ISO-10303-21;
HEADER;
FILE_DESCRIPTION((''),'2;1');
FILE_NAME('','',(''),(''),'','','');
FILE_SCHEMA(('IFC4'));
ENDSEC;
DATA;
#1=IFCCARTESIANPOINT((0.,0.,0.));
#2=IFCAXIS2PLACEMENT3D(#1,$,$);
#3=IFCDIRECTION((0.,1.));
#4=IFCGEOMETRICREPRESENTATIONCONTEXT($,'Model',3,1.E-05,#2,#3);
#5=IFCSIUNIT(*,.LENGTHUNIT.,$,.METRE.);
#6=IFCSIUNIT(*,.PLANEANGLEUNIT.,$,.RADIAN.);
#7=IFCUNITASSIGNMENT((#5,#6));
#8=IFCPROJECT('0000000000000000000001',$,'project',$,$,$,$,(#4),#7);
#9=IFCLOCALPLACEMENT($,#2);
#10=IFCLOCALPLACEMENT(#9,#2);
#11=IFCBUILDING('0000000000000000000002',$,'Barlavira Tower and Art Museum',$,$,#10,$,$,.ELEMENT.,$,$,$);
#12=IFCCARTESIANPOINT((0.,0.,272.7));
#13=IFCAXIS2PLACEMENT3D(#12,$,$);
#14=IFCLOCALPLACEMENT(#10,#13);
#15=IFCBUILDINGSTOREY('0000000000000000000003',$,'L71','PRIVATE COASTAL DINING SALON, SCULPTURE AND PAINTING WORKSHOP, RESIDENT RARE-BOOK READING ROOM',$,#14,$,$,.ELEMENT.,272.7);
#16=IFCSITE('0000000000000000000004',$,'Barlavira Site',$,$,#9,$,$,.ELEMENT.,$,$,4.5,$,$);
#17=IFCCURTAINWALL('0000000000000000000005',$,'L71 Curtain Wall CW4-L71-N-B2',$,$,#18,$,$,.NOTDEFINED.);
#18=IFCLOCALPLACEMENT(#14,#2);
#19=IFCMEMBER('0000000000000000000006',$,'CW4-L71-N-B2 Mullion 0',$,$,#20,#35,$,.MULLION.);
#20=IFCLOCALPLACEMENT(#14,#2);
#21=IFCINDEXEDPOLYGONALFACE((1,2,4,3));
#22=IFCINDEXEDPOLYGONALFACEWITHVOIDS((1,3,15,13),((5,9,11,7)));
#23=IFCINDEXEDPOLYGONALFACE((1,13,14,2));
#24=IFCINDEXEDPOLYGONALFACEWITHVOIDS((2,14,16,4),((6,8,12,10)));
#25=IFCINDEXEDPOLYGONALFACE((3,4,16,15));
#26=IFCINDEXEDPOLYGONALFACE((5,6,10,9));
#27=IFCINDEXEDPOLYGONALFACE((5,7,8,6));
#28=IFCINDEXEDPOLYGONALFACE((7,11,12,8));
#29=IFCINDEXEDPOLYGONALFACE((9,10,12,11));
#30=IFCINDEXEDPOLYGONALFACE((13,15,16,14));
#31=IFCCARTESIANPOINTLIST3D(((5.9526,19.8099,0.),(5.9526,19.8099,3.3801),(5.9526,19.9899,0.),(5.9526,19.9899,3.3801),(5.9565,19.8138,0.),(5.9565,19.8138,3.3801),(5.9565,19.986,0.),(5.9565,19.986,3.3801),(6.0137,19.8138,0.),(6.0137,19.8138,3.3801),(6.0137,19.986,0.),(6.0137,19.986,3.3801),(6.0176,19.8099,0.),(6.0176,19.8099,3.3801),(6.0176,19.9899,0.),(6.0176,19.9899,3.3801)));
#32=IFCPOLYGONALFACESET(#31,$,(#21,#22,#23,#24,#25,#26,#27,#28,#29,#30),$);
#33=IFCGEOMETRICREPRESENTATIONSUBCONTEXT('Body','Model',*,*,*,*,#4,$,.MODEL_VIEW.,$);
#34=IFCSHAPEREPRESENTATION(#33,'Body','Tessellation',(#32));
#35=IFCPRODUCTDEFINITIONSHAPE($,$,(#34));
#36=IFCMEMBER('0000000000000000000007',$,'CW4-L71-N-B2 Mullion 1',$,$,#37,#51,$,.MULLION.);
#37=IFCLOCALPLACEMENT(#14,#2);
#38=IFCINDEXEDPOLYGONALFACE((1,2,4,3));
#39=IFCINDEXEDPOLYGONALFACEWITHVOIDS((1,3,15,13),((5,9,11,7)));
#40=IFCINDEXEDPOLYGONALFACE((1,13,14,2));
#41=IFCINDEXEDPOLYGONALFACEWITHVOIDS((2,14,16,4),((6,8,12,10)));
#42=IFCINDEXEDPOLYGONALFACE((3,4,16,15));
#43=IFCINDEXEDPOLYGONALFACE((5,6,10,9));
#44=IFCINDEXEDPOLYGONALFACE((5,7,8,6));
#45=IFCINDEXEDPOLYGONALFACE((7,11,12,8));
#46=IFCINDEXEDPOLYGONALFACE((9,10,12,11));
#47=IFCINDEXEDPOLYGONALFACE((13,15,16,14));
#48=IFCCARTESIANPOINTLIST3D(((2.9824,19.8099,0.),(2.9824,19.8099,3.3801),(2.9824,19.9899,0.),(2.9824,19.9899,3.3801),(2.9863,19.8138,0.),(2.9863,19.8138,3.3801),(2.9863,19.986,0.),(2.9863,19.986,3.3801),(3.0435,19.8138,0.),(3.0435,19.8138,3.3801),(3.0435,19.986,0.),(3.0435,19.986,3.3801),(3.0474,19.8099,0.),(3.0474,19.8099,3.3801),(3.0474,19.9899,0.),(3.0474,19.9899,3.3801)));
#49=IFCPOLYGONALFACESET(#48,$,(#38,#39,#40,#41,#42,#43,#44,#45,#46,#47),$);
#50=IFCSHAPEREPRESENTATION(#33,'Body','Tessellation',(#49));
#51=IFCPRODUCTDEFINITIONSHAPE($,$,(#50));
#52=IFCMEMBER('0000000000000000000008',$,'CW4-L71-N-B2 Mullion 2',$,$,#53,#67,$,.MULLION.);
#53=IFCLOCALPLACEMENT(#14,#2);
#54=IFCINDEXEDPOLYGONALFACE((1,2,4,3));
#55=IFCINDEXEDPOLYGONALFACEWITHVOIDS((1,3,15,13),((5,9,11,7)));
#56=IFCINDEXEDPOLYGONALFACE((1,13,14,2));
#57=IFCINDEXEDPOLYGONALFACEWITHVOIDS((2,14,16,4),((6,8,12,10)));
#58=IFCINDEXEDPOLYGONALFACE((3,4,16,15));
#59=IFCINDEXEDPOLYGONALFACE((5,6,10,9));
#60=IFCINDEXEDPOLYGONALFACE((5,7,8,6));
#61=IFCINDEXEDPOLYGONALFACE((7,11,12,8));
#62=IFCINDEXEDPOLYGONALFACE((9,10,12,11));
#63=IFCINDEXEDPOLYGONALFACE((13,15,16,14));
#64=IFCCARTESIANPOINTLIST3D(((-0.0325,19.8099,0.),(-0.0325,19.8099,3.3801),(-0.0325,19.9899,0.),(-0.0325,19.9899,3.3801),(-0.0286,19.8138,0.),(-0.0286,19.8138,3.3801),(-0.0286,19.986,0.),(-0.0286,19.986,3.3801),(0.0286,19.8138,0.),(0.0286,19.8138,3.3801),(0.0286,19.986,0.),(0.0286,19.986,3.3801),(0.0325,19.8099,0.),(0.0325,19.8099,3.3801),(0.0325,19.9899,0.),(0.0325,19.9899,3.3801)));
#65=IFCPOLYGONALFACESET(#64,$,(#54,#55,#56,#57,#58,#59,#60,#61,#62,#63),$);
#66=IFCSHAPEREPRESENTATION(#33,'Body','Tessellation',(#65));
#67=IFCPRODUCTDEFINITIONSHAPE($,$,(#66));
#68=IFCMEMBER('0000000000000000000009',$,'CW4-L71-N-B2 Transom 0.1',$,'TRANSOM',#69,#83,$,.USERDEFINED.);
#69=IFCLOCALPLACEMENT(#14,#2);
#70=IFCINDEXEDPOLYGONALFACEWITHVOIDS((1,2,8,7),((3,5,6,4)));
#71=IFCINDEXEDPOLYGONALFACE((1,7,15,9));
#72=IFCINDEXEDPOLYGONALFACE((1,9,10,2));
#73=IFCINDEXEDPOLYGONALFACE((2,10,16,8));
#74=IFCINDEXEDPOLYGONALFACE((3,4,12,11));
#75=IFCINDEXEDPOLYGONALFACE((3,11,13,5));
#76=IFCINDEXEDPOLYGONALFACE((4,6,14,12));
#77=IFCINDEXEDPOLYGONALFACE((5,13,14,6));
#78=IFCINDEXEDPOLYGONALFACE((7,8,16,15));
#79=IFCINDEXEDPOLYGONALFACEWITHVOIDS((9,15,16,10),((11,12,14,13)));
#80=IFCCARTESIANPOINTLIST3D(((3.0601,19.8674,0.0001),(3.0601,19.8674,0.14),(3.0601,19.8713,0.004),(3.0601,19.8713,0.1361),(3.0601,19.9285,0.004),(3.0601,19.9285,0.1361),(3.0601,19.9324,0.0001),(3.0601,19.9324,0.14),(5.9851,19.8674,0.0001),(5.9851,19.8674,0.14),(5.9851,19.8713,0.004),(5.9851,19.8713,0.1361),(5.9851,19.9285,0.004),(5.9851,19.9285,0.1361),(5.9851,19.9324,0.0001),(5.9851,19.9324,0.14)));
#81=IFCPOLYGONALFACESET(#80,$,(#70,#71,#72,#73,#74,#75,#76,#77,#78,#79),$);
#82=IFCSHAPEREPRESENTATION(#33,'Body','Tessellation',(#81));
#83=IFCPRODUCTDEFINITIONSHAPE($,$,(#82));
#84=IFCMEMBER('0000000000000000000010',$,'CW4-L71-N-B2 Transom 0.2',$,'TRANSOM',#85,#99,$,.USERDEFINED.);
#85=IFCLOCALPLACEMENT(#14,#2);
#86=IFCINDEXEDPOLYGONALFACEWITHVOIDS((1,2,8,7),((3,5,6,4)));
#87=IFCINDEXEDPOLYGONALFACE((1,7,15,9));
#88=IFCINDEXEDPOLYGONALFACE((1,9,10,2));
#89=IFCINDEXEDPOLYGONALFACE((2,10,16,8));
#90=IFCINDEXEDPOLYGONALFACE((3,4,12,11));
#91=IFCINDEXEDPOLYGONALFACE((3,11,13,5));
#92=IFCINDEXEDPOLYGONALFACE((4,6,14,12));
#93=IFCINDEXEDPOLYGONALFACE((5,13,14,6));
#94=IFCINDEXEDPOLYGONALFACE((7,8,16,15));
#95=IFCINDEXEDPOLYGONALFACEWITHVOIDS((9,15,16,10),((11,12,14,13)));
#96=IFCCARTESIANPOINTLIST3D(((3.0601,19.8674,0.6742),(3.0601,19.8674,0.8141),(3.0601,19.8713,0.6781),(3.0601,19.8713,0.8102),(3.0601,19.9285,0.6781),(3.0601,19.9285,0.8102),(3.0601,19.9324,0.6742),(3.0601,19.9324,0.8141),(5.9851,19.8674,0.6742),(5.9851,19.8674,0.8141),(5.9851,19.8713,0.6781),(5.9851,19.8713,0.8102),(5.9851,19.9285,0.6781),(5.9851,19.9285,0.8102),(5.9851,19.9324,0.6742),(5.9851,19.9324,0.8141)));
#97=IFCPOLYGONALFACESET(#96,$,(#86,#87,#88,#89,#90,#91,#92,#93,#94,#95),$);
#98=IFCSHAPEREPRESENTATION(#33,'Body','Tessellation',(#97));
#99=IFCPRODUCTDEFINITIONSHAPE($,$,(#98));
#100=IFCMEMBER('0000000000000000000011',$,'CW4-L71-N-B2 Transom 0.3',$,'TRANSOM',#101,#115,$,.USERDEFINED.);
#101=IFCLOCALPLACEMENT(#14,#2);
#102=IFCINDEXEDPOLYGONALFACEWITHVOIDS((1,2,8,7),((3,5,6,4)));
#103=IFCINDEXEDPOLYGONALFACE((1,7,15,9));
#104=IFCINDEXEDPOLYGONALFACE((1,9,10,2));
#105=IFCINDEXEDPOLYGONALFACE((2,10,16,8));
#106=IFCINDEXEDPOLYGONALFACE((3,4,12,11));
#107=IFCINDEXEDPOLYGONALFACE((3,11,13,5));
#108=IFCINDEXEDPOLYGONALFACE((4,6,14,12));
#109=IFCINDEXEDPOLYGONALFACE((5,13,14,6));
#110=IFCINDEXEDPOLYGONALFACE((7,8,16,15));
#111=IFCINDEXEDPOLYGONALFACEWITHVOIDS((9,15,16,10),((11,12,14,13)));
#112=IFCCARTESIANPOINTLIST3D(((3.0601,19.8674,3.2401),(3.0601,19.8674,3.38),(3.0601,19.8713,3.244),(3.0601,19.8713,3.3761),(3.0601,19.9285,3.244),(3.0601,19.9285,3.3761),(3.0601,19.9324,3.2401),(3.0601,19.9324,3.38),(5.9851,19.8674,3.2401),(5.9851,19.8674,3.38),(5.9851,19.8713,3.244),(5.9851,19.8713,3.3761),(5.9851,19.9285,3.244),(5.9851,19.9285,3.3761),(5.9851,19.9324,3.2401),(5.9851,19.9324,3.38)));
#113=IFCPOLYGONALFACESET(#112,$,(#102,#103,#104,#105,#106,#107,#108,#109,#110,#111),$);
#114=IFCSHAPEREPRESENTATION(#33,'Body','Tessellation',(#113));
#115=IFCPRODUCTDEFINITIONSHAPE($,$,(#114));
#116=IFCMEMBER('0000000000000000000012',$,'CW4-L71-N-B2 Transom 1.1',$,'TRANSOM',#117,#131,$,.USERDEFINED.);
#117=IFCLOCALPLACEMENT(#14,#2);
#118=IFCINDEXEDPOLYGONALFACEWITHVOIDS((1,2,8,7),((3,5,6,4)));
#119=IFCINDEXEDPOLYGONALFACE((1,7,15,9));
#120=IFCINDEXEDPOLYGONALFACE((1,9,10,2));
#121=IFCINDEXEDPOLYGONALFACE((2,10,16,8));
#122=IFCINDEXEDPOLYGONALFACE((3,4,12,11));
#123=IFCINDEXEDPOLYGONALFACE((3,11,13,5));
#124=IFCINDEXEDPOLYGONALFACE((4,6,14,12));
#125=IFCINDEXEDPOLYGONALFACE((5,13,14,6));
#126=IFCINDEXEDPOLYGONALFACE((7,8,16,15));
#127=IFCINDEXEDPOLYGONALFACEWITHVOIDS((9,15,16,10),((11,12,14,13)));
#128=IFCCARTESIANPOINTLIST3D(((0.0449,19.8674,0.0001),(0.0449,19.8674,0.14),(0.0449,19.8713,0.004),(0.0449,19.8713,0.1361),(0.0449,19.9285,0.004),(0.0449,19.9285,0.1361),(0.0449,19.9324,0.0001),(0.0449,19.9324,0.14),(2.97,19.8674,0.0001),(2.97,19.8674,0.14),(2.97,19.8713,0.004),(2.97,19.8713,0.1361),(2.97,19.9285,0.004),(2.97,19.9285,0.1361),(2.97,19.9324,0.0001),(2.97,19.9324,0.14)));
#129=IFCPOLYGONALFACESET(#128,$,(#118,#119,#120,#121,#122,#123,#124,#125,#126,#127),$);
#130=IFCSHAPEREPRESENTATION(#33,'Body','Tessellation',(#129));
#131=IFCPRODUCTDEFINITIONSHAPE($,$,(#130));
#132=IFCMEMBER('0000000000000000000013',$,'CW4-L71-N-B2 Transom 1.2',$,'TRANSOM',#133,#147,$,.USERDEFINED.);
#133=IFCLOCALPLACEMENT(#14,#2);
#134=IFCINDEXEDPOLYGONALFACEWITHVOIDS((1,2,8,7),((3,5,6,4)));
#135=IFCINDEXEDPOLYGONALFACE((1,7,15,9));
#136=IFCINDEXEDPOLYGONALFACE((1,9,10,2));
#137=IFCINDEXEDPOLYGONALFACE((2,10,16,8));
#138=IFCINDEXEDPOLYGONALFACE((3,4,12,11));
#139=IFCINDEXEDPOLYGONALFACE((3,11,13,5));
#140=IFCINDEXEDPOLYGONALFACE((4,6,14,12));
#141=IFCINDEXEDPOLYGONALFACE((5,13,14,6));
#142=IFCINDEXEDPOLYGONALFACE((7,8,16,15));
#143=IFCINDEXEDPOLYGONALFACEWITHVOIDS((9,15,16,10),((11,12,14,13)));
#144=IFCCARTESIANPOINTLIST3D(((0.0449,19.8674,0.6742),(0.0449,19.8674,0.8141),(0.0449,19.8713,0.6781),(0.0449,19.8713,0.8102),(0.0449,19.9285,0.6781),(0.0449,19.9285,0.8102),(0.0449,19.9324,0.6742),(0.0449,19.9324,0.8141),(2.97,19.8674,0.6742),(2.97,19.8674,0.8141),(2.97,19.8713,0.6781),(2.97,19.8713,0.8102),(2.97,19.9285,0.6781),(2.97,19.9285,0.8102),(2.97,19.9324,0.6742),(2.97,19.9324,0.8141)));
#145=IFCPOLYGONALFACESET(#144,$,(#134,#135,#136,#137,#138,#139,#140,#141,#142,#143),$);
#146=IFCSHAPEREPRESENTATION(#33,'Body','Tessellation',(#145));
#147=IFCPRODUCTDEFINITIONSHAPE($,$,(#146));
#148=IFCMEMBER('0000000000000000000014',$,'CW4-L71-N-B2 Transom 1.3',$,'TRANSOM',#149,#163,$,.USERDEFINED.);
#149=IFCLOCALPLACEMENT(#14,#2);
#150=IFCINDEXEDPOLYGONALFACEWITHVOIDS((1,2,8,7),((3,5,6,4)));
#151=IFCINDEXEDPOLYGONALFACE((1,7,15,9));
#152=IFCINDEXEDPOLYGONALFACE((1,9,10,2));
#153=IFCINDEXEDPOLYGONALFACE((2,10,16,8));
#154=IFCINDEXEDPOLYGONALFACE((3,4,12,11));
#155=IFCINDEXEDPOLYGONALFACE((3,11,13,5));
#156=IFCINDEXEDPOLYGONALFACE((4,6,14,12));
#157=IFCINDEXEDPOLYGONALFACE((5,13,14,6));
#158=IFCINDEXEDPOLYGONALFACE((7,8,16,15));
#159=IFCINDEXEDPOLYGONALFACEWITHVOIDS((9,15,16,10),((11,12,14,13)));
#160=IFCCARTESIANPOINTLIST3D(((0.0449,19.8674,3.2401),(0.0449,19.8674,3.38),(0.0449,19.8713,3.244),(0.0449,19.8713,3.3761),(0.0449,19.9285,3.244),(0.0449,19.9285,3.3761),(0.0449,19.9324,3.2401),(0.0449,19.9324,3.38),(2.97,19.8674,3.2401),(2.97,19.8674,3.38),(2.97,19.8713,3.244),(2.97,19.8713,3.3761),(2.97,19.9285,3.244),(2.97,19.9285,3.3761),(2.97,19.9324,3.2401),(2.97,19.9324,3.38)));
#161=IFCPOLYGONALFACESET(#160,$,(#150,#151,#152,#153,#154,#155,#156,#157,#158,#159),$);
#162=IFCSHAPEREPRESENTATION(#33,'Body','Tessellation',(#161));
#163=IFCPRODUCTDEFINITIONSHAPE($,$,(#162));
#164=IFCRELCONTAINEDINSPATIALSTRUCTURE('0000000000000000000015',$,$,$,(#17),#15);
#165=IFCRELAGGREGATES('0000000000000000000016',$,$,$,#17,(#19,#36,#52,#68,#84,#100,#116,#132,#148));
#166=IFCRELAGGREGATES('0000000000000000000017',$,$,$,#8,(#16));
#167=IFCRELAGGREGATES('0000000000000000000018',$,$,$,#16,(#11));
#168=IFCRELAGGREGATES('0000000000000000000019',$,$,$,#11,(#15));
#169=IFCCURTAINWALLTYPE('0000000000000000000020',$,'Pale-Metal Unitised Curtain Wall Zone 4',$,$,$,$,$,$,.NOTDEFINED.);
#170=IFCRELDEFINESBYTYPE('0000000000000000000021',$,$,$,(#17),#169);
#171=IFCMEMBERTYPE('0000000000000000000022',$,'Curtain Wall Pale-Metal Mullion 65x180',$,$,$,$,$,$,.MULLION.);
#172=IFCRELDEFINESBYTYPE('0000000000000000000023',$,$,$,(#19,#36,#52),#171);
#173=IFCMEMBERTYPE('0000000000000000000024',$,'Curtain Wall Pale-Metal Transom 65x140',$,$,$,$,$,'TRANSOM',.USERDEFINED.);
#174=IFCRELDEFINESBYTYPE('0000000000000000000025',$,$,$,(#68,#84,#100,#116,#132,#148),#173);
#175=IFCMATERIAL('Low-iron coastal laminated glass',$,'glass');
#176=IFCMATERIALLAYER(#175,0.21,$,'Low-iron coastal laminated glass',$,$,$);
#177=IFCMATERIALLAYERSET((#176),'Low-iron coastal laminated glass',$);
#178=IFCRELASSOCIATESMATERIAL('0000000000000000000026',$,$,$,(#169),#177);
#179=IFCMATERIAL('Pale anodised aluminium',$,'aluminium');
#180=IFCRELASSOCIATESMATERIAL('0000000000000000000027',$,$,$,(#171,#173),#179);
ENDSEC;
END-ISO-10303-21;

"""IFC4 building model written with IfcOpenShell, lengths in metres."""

from ifc_helpers import new_model, si_unit, direction, frame, origin, origin_2d, place, context, subcontext, project, spatial, hollow_rectangle, extrude, material, layer, layer_set, material_profile, profile_set, type_object, element, aggregate, save


model = new_model("IFC4")

# Units and contexts
model_context = context("Model", 3, precision=1e-05, world=origin(), true_north=direction((0.0, 1.0)))
body_context = subcontext(model_context, "Body", "Model", "MODEL_VIEW")
ifc_project = project(units=[si_unit("LENGTHUNIT", "METRE"), si_unit("PLANEANGLEUNIT", "RADIAN")], contexts=[model_context])

# Site, building, storey
site_placement = place(None, origin())
site = spatial("IfcSite", under=ifc_project, at=site_placement, Name="Barlavira Site", CompositionType="ELEMENT", RefElevation=4.5)
building_placement = place(site_placement, origin())
building = spatial("IfcBuilding", under=site, at=building_placement, Name="Barlavira Tower and Art Museum", CompositionType="ELEMENT")
storey_placement = place(building_placement, frame((0.0, 0.0, 272.7)))
storey = spatial("IfcBuildingStorey", under=building, at=storey_placement, Name="L71", Description="PRIVATE COASTAL DINING SALON, SCULPTURE AND PAINTING WORKSHOP, RESIDENT RARE-BOOK READING ROOM", CompositionType="ELEMENT", Elevation=272.7)

# Curtain wall, members
ifc_material_1 = material(Name="Low-iron coastal laminated glass", Category="glass")
ifc_layer_1 = layer(ifc_material_1, 0.21, Name="Low-iron coastal laminated glass")
ifc_layer_set_1 = layer_set([ifc_layer_1], Name="Low-iron coastal laminated glass")
curtain_wall_type = type_object("IfcCurtainWallType", Name="Pale-Metal Unitised Curtain Wall Zone 4", PredefinedType="NOTDEFINED", material=ifc_layer_set_1)
curtain_wall_placement = place(storey_placement, origin())
curtain_wall = element("IfcCurtainWall", 1, at=curtain_wall_placement, inside=storey, type_object=curtain_wall_type, Name="L71 Curtain Wall CW4-L71-N-B2", PredefinedType="NOTDEFINED")
ifc_material_2 = material(Name="Pale anodised aluminium", Category="aluminium")
ifc_material_profile_1 = material_profile(ifc_material_2, hollow_rectangle(XDim=0.0649, YDim=0.1799, WallThickness=0.0039, at=origin_2d()), Name="ALU-MULL 65x180x4")
ifc_profile_set_1 = profile_set([ifc_material_profile_1], Name="Pale anodised aluminium")
member_type_1 = type_object("IfcMemberType", Name="Curtain Wall Pale-Metal Mullion 65x180", PredefinedType="MULLION", material=ifc_profile_set_1)
member_1_placement = place(storey_placement, frame((5.9851, 19.8999, 0.0), z_axis=(0.0, 0.0, 1.0), x_axis=(-1.0, 0.0, 0.0)))
member_1 = element("IfcMember", 2, at=member_1_placement, type_object=member_type_1, Name="CW4-L71-N-B2 Mullion 0", PredefinedType="MULLION", context=body_context, shape_type="SweptSolid", body=[
    extrude(hollow_rectangle(XDim=0.0649, YDim=0.1799, WallThickness=0.0039, at=origin_2d()), origin(), (0.0, 0.0, 1.0), 3.3801),
])
member_2_placement = place(storey_placement, frame((3.0149, 19.8999, 0.0), z_axis=(0.0, 0.0, 1.0), x_axis=(-1.0, 0.0, 0.0)))
member_2 = element("IfcMember", 3, at=member_2_placement, type_object=member_type_1, Name="CW4-L71-N-B2 Mullion 1", PredefinedType="MULLION", context=body_context, shape_type="SweptSolid", body=[
    extrude(hollow_rectangle(XDim=0.0649, YDim=0.1799, WallThickness=0.0039, at=origin_2d()), origin(), (0.0, 0.0, 1.0), 3.3801),
])
member_3_placement = place(storey_placement, frame((0.0, 19.8999, 0.0), z_axis=(0.0, 0.0, 1.0), x_axis=(-1.0, 0.0, 0.0)))
member_3 = element("IfcMember", 4, at=member_3_placement, type_object=member_type_1, Name="CW4-L71-N-B2 Mullion 2", PredefinedType="MULLION", context=body_context, shape_type="SweptSolid", body=[
    extrude(hollow_rectangle(XDim=0.0649, YDim=0.1799, WallThickness=0.0039, at=origin_2d()), origin(), (0.0, 0.0, 1.0), 3.3801),
])
ifc_material_profile_2 = material_profile(ifc_material_2, hollow_rectangle(XDim=0.0649, YDim=0.1399, WallThickness=0.0039, at=origin_2d()), Name="ALU-TRAN 65x140x4")
ifc_profile_set_2 = profile_set([ifc_material_profile_2], Name="Pale anodised aluminium")
member_type_2 = type_object("IfcMemberType", Name="Curtain Wall Pale-Metal Transom 65x140", ElementType="TRANSOM", PredefinedType="USERDEFINED", material=ifc_profile_set_2)
member_4_placement = place(storey_placement, frame((5.9851, 19.8999, 0.0701), z_axis=(-1.0, 0.0, 0.0), x_axis=(0.0, -1.0, 0.0)))
member_4 = element("IfcMember", 5, at=member_4_placement, type_object=member_type_2, Name="CW4-L71-N-B2 Transom 0.1", ObjectType="TRANSOM", PredefinedType="USERDEFINED", context=body_context, shape_type="SweptSolid", body=[
    extrude(hollow_rectangle(XDim=0.0649, YDim=0.1399, WallThickness=0.0039, at=origin_2d()), origin(), (0.0, 0.0, 1.0), 2.925),
])
member_5_placement = place(storey_placement, frame((5.9851, 19.8999, 0.7441), z_axis=(-1.0, 0.0, 0.0), x_axis=(0.0, -1.0, 0.0)))
member_5 = element("IfcMember", 6, at=member_5_placement, type_object=member_type_2, Name="CW4-L71-N-B2 Transom 0.2", ObjectType="TRANSOM", PredefinedType="USERDEFINED", context=body_context, shape_type="SweptSolid", body=[
    extrude(hollow_rectangle(XDim=0.0649, YDim=0.1399, WallThickness=0.0039, at=origin_2d()), origin(), (0.0, 0.0, 1.0), 2.925),
])
member_6_placement = place(storey_placement, frame((5.9851, 19.8999, 3.3101), z_axis=(-1.0, 0.0, 0.0), x_axis=(0.0, -1.0, 0.0)))
member_6 = element("IfcMember", 7, at=member_6_placement, type_object=member_type_2, Name="CW4-L71-N-B2 Transom 0.3", ObjectType="TRANSOM", PredefinedType="USERDEFINED", context=body_context, shape_type="SweptSolid", body=[
    extrude(hollow_rectangle(XDim=0.0649, YDim=0.1399, WallThickness=0.0039, at=origin_2d()), origin(), (0.0, 0.0, 1.0), 2.925),
])
member_7_placement = place(storey_placement, frame((2.97, 19.8999, 0.0701), z_axis=(-1.0, 0.0, 0.0), x_axis=(0.0, -1.0, 0.0)))
member_7 = element("IfcMember", 8, at=member_7_placement, type_object=member_type_2, Name="CW4-L71-N-B2 Transom 1.1", ObjectType="TRANSOM", PredefinedType="USERDEFINED", context=body_context, shape_type="SweptSolid", body=[
    extrude(hollow_rectangle(XDim=0.0649, YDim=0.1399, WallThickness=0.0039, at=origin_2d()), origin(), (0.0, 0.0, 1.0), 2.925),
])
member_8_placement = place(storey_placement, frame((2.97, 19.8999, 0.7441), z_axis=(-1.0, 0.0, 0.0), x_axis=(0.0, -1.0, 0.0)))
member_8 = element("IfcMember", 9, at=member_8_placement, type_object=member_type_2, Name="CW4-L71-N-B2 Transom 1.2", ObjectType="TRANSOM", PredefinedType="USERDEFINED", context=body_context, shape_type="SweptSolid", body=[
    extrude(hollow_rectangle(XDim=0.0649, YDim=0.1399, WallThickness=0.0039, at=origin_2d()), origin(), (0.0, 0.0, 1.0), 2.925),
])
member_9_placement = place(storey_placement, frame((2.97, 19.8999, 3.3101), z_axis=(-1.0, 0.0, 0.0), x_axis=(0.0, -1.0, 0.0)))
member_9 = element("IfcMember", 10, at=member_9_placement, type_object=member_type_2, Name="CW4-L71-N-B2 Transom 1.3", ObjectType="TRANSOM", PredefinedType="USERDEFINED", context=body_context, shape_type="SweptSolid", body=[
    extrude(hollow_rectangle(XDim=0.0649, YDim=0.1399, WallThickness=0.0039, at=origin_2d()), origin(), (0.0, 0.0, 1.0), 2.925),
])

aggregate(curtain_wall, [member_1, member_2, member_3, member_4, member_5, member_6, member_7, member_8, member_9])

save(model, "model.ifc")
